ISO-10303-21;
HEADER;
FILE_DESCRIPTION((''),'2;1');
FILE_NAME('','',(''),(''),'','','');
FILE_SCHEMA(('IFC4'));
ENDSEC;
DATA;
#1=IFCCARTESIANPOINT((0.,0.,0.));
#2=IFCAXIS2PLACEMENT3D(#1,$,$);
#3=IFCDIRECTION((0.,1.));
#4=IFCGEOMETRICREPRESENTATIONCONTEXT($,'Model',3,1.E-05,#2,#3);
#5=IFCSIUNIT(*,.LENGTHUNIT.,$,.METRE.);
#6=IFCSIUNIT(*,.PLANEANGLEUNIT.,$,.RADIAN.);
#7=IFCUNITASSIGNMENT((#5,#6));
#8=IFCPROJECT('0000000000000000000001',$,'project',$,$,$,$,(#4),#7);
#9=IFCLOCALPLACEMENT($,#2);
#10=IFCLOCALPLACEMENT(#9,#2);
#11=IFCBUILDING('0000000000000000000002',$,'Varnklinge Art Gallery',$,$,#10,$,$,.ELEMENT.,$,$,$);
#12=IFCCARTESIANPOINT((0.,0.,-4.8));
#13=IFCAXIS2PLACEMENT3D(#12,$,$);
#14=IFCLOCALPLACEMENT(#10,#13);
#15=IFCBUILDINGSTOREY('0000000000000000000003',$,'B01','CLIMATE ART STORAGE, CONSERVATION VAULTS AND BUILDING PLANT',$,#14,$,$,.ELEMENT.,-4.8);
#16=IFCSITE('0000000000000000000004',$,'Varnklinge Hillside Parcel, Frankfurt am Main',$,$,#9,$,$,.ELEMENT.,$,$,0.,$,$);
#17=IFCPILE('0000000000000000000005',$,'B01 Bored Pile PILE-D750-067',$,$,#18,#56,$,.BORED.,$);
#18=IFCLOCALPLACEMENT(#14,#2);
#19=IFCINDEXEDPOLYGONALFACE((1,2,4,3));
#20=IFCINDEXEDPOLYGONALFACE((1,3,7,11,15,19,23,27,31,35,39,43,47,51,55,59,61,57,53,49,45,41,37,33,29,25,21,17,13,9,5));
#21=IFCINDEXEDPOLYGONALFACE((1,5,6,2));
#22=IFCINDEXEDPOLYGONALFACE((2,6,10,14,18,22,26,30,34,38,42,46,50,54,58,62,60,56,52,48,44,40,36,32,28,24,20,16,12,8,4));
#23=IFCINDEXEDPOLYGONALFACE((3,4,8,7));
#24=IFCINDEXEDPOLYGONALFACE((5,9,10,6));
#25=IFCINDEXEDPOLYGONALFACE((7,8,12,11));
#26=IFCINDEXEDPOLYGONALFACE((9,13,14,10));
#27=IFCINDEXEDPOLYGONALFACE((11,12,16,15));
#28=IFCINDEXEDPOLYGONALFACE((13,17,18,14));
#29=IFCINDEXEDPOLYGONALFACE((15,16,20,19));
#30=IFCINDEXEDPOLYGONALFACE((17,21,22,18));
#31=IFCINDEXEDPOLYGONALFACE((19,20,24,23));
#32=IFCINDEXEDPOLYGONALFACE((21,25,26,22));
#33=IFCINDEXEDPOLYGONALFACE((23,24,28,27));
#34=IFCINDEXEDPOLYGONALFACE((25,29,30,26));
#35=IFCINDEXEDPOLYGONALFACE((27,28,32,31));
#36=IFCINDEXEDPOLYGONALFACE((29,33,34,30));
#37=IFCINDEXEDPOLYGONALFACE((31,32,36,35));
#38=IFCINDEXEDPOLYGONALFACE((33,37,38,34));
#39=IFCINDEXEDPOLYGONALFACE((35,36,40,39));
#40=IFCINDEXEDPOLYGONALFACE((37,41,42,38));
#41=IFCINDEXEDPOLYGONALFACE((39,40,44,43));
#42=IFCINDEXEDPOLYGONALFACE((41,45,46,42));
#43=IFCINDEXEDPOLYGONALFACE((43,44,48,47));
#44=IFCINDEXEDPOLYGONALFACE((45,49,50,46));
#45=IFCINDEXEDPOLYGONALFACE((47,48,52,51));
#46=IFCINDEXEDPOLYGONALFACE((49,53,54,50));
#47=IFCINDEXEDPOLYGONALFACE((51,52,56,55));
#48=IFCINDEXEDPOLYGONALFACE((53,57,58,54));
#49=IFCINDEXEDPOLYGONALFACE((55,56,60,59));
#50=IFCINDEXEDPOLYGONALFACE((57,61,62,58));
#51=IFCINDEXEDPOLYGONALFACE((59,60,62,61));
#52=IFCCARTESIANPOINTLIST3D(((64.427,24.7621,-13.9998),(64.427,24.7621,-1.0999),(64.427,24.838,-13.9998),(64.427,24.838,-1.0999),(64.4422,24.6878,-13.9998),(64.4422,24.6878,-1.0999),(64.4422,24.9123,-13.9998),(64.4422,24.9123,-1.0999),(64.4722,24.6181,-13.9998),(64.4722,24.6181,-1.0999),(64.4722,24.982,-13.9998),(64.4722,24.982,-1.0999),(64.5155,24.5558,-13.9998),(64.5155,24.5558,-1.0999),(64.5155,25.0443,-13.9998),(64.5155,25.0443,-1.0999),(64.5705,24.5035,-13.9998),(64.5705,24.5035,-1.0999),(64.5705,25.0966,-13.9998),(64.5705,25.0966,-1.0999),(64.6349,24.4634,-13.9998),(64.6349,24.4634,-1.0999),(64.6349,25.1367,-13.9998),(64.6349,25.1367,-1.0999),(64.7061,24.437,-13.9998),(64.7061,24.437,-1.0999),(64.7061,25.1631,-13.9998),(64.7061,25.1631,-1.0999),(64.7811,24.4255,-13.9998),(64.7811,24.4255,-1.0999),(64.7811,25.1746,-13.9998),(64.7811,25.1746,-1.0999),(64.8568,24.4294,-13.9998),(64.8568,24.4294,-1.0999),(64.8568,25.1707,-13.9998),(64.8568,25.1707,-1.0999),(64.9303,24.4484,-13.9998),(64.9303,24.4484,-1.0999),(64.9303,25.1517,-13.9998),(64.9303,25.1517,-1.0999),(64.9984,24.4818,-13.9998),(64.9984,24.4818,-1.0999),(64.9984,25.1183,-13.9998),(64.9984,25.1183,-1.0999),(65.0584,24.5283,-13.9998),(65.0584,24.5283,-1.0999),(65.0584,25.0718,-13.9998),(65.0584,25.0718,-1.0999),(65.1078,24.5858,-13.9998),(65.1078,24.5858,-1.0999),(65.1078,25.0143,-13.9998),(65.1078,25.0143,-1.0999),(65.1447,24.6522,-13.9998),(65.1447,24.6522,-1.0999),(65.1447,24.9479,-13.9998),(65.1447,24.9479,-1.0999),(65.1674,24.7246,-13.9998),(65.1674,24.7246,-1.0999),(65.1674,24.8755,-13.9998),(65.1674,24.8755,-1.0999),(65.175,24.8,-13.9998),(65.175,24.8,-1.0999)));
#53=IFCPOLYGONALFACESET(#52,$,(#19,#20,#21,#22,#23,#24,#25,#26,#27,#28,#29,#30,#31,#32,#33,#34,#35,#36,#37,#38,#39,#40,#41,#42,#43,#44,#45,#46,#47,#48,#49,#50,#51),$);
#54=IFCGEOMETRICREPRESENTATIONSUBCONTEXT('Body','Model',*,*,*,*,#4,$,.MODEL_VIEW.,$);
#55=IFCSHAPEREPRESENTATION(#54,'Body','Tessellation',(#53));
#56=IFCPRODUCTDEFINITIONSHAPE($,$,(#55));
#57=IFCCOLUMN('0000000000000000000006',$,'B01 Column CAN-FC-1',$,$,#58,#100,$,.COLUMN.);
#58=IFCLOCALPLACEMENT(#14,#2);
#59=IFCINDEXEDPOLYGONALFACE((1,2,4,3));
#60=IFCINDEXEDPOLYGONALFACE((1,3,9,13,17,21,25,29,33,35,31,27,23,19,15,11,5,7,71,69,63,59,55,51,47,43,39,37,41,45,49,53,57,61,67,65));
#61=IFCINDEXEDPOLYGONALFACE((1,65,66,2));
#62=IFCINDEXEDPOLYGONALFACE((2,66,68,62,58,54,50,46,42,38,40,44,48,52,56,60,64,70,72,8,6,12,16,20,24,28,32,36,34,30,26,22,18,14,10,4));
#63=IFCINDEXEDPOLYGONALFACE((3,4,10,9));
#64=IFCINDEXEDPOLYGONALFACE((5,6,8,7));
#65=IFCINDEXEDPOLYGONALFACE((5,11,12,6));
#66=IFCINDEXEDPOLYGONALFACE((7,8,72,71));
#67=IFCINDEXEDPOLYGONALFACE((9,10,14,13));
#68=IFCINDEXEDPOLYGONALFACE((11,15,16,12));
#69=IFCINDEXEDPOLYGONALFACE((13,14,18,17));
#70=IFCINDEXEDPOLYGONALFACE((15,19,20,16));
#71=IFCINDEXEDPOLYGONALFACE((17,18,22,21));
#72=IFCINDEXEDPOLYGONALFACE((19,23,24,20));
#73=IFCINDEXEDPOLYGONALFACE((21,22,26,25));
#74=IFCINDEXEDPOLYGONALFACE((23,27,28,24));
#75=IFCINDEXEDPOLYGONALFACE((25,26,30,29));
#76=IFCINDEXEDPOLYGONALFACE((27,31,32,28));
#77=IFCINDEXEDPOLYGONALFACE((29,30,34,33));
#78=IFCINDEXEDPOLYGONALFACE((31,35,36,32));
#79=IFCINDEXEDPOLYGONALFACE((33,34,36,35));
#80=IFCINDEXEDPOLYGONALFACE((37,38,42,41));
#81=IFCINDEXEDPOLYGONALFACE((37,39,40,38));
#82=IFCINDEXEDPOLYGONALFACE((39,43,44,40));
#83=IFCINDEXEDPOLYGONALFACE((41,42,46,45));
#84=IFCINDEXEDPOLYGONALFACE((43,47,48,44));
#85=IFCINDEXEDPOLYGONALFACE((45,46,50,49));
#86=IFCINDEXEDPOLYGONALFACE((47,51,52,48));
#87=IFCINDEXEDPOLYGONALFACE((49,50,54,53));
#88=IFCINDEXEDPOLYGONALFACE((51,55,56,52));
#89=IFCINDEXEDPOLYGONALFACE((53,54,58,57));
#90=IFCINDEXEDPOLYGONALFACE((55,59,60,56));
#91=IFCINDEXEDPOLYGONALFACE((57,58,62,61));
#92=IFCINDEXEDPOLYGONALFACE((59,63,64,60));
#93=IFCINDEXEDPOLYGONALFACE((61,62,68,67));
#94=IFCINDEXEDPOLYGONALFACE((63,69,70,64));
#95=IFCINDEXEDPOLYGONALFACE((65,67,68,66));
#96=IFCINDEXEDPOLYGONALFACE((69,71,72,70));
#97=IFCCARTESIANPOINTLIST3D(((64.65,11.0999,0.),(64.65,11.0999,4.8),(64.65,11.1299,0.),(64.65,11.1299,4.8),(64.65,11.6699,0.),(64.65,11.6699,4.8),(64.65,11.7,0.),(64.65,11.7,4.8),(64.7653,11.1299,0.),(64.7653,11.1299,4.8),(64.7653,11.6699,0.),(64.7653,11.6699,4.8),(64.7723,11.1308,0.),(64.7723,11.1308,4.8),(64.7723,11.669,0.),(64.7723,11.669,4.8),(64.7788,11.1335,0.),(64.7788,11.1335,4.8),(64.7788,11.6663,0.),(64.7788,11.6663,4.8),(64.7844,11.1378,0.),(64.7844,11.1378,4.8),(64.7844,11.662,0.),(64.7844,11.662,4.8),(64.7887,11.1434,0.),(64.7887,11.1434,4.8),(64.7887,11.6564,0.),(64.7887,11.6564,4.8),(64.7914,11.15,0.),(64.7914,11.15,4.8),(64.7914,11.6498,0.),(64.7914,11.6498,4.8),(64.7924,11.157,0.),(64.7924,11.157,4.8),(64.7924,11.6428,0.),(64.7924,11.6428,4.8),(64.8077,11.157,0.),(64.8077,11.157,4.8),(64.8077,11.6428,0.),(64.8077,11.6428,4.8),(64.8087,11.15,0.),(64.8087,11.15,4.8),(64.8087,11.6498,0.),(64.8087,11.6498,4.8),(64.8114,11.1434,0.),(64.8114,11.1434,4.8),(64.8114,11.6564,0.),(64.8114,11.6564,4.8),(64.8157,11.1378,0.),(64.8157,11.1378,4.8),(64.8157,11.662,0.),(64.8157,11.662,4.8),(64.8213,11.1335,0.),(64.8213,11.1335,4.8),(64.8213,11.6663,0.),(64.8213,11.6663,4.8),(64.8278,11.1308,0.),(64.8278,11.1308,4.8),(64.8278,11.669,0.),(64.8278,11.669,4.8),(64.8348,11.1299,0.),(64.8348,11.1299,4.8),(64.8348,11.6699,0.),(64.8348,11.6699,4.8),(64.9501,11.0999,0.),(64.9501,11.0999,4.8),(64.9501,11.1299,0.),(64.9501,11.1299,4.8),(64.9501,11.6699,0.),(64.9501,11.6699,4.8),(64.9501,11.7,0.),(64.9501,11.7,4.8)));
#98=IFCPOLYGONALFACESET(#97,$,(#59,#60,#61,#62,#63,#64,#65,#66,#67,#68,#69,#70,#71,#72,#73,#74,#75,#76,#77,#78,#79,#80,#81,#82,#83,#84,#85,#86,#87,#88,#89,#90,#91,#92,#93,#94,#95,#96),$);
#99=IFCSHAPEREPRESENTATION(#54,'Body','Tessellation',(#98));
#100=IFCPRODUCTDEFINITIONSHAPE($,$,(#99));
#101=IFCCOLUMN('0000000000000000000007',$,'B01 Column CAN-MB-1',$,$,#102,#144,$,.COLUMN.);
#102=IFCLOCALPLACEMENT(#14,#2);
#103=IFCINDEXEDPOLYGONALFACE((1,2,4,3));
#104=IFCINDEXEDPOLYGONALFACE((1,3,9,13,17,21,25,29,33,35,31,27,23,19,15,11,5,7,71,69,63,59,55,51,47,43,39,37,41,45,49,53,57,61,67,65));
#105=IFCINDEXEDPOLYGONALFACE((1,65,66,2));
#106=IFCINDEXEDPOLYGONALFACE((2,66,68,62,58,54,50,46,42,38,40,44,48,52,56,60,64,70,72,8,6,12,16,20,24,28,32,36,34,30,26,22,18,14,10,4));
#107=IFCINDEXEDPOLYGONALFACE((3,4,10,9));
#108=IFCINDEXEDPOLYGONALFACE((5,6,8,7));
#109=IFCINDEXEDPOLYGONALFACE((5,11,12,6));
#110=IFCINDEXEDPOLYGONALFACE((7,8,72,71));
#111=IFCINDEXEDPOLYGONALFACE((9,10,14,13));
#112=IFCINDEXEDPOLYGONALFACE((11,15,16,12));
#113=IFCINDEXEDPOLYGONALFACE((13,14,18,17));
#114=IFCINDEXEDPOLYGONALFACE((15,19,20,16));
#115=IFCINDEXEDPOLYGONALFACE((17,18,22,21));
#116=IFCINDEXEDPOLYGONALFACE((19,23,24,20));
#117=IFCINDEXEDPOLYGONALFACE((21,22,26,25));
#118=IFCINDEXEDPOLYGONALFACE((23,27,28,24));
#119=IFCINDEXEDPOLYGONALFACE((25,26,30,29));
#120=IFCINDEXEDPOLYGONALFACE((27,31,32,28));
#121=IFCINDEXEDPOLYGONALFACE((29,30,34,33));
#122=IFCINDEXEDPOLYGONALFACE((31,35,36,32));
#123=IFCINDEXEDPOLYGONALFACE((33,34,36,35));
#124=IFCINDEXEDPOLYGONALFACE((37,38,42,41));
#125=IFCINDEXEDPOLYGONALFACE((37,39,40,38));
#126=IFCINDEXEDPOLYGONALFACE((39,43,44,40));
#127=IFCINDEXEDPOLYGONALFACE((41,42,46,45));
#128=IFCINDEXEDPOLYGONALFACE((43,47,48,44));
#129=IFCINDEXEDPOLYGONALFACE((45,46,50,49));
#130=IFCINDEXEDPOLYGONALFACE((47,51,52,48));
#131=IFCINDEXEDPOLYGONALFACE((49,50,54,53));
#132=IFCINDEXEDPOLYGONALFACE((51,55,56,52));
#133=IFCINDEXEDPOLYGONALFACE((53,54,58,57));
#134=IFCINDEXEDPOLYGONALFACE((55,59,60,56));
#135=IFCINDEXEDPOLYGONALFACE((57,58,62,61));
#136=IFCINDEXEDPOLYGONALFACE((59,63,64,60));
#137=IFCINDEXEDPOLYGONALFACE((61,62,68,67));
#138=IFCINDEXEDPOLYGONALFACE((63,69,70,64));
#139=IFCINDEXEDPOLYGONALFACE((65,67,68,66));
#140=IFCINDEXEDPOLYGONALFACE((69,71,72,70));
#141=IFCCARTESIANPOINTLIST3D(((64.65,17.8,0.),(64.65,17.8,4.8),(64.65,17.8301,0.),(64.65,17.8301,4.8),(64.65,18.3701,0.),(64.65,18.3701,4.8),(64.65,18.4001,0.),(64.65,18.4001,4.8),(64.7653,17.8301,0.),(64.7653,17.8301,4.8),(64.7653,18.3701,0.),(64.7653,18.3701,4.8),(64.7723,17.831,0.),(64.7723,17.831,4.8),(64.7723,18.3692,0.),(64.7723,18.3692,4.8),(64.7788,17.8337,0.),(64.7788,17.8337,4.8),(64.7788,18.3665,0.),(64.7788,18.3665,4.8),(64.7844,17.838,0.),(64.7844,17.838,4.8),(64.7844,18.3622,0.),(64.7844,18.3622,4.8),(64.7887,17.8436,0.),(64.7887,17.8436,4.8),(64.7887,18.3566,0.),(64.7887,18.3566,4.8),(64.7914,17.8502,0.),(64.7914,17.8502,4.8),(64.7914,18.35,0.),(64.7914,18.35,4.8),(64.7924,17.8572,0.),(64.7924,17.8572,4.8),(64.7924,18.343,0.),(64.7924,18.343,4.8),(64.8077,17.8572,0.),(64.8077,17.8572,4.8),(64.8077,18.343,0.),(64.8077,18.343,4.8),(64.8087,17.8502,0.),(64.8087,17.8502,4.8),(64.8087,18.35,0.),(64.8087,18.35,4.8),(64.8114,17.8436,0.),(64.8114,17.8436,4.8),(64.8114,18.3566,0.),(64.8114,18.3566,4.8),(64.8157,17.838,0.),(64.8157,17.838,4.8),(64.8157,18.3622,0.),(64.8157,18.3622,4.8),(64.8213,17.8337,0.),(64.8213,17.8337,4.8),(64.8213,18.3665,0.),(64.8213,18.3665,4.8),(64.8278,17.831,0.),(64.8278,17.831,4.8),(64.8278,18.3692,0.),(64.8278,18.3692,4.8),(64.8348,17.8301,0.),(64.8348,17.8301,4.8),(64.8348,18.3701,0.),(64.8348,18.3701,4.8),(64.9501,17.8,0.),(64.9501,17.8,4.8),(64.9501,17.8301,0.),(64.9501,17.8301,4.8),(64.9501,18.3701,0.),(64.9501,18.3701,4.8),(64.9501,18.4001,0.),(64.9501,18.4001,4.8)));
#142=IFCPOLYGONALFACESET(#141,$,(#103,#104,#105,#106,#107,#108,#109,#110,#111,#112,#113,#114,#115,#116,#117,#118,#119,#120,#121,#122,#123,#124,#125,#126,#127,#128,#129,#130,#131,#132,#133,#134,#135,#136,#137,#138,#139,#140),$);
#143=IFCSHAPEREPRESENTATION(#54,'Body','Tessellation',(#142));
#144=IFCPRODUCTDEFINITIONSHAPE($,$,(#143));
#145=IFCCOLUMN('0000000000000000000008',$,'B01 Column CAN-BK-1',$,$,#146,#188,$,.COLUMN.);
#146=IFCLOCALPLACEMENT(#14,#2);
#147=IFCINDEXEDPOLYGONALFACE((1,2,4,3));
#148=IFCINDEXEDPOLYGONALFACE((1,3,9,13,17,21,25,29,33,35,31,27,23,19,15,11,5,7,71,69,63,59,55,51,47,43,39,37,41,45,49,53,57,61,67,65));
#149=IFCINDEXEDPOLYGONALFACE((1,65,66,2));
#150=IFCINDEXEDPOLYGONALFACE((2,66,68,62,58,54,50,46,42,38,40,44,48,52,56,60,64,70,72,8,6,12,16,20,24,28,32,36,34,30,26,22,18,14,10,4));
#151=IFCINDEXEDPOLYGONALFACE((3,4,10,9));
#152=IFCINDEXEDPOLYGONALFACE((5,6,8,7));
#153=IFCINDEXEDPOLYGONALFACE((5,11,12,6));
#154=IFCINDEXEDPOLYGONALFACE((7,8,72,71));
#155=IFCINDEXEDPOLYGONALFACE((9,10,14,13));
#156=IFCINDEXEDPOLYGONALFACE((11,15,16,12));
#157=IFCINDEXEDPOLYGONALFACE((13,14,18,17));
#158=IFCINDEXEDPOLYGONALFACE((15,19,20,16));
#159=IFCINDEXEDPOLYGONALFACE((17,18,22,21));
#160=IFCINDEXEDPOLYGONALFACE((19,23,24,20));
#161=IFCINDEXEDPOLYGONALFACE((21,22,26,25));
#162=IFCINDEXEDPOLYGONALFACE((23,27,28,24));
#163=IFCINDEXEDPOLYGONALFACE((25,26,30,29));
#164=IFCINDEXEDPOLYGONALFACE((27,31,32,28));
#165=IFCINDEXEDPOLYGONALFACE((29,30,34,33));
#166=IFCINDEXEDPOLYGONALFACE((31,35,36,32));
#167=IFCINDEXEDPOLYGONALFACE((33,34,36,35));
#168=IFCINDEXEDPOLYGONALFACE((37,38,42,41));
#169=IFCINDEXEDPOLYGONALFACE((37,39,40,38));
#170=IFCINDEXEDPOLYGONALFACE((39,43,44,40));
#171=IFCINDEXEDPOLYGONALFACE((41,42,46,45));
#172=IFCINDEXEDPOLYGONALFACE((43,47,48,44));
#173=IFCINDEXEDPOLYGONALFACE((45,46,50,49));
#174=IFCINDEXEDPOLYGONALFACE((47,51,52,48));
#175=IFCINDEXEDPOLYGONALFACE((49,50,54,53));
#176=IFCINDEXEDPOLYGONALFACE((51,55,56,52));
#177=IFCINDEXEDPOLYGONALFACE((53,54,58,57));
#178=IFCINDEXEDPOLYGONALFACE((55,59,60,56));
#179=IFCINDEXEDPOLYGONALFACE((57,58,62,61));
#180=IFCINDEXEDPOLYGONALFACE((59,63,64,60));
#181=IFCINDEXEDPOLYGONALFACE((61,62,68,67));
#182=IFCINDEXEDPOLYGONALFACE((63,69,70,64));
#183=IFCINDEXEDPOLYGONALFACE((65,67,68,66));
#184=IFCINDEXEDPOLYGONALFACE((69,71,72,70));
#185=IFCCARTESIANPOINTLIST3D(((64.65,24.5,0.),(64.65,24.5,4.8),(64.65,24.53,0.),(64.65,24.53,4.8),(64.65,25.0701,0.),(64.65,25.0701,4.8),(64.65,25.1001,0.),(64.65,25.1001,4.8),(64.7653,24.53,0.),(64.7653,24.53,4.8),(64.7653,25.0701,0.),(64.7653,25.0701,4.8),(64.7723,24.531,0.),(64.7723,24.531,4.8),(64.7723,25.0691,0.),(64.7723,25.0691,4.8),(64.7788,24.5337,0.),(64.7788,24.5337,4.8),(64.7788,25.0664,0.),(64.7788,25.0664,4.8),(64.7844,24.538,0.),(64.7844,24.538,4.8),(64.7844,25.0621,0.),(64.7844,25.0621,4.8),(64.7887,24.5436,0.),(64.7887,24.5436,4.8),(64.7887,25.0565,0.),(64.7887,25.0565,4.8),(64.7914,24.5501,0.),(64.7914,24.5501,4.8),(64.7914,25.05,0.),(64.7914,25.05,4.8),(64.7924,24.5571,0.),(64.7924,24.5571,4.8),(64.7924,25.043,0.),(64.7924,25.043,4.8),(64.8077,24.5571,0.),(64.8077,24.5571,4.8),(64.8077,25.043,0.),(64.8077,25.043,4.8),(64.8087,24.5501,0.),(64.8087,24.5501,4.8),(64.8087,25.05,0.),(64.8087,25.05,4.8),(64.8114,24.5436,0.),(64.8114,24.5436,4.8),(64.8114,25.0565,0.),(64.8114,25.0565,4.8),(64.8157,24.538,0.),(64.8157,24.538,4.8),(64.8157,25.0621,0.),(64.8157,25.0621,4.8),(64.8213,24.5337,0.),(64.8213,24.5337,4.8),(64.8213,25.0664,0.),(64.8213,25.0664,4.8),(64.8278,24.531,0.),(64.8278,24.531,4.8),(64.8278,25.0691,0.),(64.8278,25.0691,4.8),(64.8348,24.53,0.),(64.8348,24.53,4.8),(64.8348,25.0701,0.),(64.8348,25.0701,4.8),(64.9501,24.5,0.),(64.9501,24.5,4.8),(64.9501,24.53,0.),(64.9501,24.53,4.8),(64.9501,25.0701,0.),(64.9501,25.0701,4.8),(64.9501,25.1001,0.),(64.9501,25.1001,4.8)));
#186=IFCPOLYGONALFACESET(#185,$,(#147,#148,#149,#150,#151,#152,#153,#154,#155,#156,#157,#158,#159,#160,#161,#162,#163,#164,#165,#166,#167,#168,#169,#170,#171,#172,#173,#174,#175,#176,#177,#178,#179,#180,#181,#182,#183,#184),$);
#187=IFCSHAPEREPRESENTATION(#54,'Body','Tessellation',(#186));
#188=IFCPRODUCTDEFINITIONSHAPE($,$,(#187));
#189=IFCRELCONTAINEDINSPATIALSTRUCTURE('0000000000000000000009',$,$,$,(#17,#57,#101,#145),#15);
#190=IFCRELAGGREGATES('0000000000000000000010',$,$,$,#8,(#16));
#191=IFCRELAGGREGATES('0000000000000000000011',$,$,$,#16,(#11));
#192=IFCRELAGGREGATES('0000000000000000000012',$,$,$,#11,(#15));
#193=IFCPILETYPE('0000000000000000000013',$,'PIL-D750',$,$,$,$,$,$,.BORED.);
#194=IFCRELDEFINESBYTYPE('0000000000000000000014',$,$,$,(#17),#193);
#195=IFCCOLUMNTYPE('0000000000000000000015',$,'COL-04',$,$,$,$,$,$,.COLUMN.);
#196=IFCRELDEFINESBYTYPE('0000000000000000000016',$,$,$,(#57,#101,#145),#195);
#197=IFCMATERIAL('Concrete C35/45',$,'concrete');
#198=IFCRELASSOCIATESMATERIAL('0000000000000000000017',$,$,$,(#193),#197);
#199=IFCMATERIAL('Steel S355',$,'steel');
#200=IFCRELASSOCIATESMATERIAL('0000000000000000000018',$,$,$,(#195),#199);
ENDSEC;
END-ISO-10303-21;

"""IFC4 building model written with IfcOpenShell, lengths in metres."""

from ifc_helpers import new_model, si_unit, direction, frame, origin, origin_2d, place, context, subcontext, project, spatial, circle, i_section, extrude, material, material_profile, profile_set, type_object, element, save


model = new_model("IFC4")

# Units and contexts
model_context = context("Model", 3, precision=1e-05, world=origin(), true_north=direction((0.0, 1.0)))
body_context = subcontext(model_context, "Body", "Model", "MODEL_VIEW")
ifc_project = project(units=[si_unit("LENGTHUNIT", "METRE"), si_unit("PLANEANGLEUNIT", "RADIAN")], contexts=[model_context])

# Site, building, storey
site_placement = place(None, origin())
site = spatial("IfcSite", under=ifc_project, at=site_placement, Name="Varnklinge Hillside Parcel, Frankfurt am Main", CompositionType="ELEMENT", RefElevation=0.0)
building_placement = place(site_placement, origin())
building = spatial("IfcBuilding", under=site, at=building_placement, Name="Varnklinge Art Gallery", CompositionType="ELEMENT")
storey_placement = place(building_placement, frame((0.0, 0.0, -4.8)))
storey = spatial("IfcBuildingStorey", under=building, at=storey_placement, Name="B01", Description="CLIMATE ART STORAGE, CONSERVATION VAULTS AND BUILDING PLANT", CompositionType="ELEMENT", Elevation=-4.8)

# Pile
ifc_material_1 = material(Name="Concrete C35/45", Category="concrete")
ifc_material_profile_1 = material_profile(ifc_material_1, circle(Radius=0.375, at=origin_2d()), Name="PILE D750")
ifc_profile_set_1 = profile_set([ifc_material_profile_1], Name="Concrete C35/45")
pile_type = type_object("IfcPileType", Name="PIL-D750", PredefinedType="BORED", material=ifc_profile_set_1)
pile_1_placement = place(storey_placement, frame((64.8, 24.8, -1.0999), z_axis=(0.0, 0.0, -1.0), x_axis=(1.0, 0.0, 0.0)))
element("IfcPile", 1, at=pile_1_placement, inside=storey, type_object=pile_type, Name="B01 Bored Pile PILE-D750-067", PredefinedType="BORED", context=body_context, shape_type="SweptSolid", body=[
    extrude(circle(Radius=0.375, at=origin_2d()), origin(), (0.0, 0.0, 1.0), 12.8999),
])

# Columns
ifc_material_2 = material(Name="Steel S355", Category="steel")
ifc_material_profile_2 = material_profile(ifc_material_2, i_section(OverallWidth=0.3, OverallDepth=0.6001, WebThickness=0.0154, FlangeThickness=0.03, FilletRadius=0.0271, at=origin_2d()), Name="HEB 600")
ifc_profile_set_2 = profile_set([ifc_material_profile_2], Name="Steel S355")
column_type_1 = type_object("IfcColumnType", Name="COL-04", PredefinedType="COLUMN", material=ifc_profile_set_2)
for number, where, z_axis, x_axis, name in (
    (2, (64.8, 11.3999, 0.0), (0.0, 0.0, 1.0), (1.0, 0.0, 0.0), "B01 Column CAN-FC-1"),
    (3, (64.8, 18.1001, 0.0), (0.0, 0.0, 1.0), (1.0, 0.0, 0.0), "B01 Column CAN-MB-1"),
    (4, (64.8, 24.8, 0.0), (0.0, 0.0, 1.0), (1.0, 0.0, 0.0), "B01 Column CAN-BK-1"),
):
    element("IfcColumn", number, at=place(storey_placement, frame(where, z_axis=z_axis, x_axis=x_axis)), inside=storey, type_object=column_type_1, Name=name, PredefinedType="COLUMN", context=body_context, shape_type="SweptSolid", body=[
        extrude(i_section(OverallWidth=0.3, OverallDepth=0.6001, WebThickness=0.0154, FlangeThickness=0.03, FilletRadius=0.0271, at=origin_2d()), origin(), (0.0, 0.0, 1.0), 4.8),
    ])

save(model, "model.ifc")
